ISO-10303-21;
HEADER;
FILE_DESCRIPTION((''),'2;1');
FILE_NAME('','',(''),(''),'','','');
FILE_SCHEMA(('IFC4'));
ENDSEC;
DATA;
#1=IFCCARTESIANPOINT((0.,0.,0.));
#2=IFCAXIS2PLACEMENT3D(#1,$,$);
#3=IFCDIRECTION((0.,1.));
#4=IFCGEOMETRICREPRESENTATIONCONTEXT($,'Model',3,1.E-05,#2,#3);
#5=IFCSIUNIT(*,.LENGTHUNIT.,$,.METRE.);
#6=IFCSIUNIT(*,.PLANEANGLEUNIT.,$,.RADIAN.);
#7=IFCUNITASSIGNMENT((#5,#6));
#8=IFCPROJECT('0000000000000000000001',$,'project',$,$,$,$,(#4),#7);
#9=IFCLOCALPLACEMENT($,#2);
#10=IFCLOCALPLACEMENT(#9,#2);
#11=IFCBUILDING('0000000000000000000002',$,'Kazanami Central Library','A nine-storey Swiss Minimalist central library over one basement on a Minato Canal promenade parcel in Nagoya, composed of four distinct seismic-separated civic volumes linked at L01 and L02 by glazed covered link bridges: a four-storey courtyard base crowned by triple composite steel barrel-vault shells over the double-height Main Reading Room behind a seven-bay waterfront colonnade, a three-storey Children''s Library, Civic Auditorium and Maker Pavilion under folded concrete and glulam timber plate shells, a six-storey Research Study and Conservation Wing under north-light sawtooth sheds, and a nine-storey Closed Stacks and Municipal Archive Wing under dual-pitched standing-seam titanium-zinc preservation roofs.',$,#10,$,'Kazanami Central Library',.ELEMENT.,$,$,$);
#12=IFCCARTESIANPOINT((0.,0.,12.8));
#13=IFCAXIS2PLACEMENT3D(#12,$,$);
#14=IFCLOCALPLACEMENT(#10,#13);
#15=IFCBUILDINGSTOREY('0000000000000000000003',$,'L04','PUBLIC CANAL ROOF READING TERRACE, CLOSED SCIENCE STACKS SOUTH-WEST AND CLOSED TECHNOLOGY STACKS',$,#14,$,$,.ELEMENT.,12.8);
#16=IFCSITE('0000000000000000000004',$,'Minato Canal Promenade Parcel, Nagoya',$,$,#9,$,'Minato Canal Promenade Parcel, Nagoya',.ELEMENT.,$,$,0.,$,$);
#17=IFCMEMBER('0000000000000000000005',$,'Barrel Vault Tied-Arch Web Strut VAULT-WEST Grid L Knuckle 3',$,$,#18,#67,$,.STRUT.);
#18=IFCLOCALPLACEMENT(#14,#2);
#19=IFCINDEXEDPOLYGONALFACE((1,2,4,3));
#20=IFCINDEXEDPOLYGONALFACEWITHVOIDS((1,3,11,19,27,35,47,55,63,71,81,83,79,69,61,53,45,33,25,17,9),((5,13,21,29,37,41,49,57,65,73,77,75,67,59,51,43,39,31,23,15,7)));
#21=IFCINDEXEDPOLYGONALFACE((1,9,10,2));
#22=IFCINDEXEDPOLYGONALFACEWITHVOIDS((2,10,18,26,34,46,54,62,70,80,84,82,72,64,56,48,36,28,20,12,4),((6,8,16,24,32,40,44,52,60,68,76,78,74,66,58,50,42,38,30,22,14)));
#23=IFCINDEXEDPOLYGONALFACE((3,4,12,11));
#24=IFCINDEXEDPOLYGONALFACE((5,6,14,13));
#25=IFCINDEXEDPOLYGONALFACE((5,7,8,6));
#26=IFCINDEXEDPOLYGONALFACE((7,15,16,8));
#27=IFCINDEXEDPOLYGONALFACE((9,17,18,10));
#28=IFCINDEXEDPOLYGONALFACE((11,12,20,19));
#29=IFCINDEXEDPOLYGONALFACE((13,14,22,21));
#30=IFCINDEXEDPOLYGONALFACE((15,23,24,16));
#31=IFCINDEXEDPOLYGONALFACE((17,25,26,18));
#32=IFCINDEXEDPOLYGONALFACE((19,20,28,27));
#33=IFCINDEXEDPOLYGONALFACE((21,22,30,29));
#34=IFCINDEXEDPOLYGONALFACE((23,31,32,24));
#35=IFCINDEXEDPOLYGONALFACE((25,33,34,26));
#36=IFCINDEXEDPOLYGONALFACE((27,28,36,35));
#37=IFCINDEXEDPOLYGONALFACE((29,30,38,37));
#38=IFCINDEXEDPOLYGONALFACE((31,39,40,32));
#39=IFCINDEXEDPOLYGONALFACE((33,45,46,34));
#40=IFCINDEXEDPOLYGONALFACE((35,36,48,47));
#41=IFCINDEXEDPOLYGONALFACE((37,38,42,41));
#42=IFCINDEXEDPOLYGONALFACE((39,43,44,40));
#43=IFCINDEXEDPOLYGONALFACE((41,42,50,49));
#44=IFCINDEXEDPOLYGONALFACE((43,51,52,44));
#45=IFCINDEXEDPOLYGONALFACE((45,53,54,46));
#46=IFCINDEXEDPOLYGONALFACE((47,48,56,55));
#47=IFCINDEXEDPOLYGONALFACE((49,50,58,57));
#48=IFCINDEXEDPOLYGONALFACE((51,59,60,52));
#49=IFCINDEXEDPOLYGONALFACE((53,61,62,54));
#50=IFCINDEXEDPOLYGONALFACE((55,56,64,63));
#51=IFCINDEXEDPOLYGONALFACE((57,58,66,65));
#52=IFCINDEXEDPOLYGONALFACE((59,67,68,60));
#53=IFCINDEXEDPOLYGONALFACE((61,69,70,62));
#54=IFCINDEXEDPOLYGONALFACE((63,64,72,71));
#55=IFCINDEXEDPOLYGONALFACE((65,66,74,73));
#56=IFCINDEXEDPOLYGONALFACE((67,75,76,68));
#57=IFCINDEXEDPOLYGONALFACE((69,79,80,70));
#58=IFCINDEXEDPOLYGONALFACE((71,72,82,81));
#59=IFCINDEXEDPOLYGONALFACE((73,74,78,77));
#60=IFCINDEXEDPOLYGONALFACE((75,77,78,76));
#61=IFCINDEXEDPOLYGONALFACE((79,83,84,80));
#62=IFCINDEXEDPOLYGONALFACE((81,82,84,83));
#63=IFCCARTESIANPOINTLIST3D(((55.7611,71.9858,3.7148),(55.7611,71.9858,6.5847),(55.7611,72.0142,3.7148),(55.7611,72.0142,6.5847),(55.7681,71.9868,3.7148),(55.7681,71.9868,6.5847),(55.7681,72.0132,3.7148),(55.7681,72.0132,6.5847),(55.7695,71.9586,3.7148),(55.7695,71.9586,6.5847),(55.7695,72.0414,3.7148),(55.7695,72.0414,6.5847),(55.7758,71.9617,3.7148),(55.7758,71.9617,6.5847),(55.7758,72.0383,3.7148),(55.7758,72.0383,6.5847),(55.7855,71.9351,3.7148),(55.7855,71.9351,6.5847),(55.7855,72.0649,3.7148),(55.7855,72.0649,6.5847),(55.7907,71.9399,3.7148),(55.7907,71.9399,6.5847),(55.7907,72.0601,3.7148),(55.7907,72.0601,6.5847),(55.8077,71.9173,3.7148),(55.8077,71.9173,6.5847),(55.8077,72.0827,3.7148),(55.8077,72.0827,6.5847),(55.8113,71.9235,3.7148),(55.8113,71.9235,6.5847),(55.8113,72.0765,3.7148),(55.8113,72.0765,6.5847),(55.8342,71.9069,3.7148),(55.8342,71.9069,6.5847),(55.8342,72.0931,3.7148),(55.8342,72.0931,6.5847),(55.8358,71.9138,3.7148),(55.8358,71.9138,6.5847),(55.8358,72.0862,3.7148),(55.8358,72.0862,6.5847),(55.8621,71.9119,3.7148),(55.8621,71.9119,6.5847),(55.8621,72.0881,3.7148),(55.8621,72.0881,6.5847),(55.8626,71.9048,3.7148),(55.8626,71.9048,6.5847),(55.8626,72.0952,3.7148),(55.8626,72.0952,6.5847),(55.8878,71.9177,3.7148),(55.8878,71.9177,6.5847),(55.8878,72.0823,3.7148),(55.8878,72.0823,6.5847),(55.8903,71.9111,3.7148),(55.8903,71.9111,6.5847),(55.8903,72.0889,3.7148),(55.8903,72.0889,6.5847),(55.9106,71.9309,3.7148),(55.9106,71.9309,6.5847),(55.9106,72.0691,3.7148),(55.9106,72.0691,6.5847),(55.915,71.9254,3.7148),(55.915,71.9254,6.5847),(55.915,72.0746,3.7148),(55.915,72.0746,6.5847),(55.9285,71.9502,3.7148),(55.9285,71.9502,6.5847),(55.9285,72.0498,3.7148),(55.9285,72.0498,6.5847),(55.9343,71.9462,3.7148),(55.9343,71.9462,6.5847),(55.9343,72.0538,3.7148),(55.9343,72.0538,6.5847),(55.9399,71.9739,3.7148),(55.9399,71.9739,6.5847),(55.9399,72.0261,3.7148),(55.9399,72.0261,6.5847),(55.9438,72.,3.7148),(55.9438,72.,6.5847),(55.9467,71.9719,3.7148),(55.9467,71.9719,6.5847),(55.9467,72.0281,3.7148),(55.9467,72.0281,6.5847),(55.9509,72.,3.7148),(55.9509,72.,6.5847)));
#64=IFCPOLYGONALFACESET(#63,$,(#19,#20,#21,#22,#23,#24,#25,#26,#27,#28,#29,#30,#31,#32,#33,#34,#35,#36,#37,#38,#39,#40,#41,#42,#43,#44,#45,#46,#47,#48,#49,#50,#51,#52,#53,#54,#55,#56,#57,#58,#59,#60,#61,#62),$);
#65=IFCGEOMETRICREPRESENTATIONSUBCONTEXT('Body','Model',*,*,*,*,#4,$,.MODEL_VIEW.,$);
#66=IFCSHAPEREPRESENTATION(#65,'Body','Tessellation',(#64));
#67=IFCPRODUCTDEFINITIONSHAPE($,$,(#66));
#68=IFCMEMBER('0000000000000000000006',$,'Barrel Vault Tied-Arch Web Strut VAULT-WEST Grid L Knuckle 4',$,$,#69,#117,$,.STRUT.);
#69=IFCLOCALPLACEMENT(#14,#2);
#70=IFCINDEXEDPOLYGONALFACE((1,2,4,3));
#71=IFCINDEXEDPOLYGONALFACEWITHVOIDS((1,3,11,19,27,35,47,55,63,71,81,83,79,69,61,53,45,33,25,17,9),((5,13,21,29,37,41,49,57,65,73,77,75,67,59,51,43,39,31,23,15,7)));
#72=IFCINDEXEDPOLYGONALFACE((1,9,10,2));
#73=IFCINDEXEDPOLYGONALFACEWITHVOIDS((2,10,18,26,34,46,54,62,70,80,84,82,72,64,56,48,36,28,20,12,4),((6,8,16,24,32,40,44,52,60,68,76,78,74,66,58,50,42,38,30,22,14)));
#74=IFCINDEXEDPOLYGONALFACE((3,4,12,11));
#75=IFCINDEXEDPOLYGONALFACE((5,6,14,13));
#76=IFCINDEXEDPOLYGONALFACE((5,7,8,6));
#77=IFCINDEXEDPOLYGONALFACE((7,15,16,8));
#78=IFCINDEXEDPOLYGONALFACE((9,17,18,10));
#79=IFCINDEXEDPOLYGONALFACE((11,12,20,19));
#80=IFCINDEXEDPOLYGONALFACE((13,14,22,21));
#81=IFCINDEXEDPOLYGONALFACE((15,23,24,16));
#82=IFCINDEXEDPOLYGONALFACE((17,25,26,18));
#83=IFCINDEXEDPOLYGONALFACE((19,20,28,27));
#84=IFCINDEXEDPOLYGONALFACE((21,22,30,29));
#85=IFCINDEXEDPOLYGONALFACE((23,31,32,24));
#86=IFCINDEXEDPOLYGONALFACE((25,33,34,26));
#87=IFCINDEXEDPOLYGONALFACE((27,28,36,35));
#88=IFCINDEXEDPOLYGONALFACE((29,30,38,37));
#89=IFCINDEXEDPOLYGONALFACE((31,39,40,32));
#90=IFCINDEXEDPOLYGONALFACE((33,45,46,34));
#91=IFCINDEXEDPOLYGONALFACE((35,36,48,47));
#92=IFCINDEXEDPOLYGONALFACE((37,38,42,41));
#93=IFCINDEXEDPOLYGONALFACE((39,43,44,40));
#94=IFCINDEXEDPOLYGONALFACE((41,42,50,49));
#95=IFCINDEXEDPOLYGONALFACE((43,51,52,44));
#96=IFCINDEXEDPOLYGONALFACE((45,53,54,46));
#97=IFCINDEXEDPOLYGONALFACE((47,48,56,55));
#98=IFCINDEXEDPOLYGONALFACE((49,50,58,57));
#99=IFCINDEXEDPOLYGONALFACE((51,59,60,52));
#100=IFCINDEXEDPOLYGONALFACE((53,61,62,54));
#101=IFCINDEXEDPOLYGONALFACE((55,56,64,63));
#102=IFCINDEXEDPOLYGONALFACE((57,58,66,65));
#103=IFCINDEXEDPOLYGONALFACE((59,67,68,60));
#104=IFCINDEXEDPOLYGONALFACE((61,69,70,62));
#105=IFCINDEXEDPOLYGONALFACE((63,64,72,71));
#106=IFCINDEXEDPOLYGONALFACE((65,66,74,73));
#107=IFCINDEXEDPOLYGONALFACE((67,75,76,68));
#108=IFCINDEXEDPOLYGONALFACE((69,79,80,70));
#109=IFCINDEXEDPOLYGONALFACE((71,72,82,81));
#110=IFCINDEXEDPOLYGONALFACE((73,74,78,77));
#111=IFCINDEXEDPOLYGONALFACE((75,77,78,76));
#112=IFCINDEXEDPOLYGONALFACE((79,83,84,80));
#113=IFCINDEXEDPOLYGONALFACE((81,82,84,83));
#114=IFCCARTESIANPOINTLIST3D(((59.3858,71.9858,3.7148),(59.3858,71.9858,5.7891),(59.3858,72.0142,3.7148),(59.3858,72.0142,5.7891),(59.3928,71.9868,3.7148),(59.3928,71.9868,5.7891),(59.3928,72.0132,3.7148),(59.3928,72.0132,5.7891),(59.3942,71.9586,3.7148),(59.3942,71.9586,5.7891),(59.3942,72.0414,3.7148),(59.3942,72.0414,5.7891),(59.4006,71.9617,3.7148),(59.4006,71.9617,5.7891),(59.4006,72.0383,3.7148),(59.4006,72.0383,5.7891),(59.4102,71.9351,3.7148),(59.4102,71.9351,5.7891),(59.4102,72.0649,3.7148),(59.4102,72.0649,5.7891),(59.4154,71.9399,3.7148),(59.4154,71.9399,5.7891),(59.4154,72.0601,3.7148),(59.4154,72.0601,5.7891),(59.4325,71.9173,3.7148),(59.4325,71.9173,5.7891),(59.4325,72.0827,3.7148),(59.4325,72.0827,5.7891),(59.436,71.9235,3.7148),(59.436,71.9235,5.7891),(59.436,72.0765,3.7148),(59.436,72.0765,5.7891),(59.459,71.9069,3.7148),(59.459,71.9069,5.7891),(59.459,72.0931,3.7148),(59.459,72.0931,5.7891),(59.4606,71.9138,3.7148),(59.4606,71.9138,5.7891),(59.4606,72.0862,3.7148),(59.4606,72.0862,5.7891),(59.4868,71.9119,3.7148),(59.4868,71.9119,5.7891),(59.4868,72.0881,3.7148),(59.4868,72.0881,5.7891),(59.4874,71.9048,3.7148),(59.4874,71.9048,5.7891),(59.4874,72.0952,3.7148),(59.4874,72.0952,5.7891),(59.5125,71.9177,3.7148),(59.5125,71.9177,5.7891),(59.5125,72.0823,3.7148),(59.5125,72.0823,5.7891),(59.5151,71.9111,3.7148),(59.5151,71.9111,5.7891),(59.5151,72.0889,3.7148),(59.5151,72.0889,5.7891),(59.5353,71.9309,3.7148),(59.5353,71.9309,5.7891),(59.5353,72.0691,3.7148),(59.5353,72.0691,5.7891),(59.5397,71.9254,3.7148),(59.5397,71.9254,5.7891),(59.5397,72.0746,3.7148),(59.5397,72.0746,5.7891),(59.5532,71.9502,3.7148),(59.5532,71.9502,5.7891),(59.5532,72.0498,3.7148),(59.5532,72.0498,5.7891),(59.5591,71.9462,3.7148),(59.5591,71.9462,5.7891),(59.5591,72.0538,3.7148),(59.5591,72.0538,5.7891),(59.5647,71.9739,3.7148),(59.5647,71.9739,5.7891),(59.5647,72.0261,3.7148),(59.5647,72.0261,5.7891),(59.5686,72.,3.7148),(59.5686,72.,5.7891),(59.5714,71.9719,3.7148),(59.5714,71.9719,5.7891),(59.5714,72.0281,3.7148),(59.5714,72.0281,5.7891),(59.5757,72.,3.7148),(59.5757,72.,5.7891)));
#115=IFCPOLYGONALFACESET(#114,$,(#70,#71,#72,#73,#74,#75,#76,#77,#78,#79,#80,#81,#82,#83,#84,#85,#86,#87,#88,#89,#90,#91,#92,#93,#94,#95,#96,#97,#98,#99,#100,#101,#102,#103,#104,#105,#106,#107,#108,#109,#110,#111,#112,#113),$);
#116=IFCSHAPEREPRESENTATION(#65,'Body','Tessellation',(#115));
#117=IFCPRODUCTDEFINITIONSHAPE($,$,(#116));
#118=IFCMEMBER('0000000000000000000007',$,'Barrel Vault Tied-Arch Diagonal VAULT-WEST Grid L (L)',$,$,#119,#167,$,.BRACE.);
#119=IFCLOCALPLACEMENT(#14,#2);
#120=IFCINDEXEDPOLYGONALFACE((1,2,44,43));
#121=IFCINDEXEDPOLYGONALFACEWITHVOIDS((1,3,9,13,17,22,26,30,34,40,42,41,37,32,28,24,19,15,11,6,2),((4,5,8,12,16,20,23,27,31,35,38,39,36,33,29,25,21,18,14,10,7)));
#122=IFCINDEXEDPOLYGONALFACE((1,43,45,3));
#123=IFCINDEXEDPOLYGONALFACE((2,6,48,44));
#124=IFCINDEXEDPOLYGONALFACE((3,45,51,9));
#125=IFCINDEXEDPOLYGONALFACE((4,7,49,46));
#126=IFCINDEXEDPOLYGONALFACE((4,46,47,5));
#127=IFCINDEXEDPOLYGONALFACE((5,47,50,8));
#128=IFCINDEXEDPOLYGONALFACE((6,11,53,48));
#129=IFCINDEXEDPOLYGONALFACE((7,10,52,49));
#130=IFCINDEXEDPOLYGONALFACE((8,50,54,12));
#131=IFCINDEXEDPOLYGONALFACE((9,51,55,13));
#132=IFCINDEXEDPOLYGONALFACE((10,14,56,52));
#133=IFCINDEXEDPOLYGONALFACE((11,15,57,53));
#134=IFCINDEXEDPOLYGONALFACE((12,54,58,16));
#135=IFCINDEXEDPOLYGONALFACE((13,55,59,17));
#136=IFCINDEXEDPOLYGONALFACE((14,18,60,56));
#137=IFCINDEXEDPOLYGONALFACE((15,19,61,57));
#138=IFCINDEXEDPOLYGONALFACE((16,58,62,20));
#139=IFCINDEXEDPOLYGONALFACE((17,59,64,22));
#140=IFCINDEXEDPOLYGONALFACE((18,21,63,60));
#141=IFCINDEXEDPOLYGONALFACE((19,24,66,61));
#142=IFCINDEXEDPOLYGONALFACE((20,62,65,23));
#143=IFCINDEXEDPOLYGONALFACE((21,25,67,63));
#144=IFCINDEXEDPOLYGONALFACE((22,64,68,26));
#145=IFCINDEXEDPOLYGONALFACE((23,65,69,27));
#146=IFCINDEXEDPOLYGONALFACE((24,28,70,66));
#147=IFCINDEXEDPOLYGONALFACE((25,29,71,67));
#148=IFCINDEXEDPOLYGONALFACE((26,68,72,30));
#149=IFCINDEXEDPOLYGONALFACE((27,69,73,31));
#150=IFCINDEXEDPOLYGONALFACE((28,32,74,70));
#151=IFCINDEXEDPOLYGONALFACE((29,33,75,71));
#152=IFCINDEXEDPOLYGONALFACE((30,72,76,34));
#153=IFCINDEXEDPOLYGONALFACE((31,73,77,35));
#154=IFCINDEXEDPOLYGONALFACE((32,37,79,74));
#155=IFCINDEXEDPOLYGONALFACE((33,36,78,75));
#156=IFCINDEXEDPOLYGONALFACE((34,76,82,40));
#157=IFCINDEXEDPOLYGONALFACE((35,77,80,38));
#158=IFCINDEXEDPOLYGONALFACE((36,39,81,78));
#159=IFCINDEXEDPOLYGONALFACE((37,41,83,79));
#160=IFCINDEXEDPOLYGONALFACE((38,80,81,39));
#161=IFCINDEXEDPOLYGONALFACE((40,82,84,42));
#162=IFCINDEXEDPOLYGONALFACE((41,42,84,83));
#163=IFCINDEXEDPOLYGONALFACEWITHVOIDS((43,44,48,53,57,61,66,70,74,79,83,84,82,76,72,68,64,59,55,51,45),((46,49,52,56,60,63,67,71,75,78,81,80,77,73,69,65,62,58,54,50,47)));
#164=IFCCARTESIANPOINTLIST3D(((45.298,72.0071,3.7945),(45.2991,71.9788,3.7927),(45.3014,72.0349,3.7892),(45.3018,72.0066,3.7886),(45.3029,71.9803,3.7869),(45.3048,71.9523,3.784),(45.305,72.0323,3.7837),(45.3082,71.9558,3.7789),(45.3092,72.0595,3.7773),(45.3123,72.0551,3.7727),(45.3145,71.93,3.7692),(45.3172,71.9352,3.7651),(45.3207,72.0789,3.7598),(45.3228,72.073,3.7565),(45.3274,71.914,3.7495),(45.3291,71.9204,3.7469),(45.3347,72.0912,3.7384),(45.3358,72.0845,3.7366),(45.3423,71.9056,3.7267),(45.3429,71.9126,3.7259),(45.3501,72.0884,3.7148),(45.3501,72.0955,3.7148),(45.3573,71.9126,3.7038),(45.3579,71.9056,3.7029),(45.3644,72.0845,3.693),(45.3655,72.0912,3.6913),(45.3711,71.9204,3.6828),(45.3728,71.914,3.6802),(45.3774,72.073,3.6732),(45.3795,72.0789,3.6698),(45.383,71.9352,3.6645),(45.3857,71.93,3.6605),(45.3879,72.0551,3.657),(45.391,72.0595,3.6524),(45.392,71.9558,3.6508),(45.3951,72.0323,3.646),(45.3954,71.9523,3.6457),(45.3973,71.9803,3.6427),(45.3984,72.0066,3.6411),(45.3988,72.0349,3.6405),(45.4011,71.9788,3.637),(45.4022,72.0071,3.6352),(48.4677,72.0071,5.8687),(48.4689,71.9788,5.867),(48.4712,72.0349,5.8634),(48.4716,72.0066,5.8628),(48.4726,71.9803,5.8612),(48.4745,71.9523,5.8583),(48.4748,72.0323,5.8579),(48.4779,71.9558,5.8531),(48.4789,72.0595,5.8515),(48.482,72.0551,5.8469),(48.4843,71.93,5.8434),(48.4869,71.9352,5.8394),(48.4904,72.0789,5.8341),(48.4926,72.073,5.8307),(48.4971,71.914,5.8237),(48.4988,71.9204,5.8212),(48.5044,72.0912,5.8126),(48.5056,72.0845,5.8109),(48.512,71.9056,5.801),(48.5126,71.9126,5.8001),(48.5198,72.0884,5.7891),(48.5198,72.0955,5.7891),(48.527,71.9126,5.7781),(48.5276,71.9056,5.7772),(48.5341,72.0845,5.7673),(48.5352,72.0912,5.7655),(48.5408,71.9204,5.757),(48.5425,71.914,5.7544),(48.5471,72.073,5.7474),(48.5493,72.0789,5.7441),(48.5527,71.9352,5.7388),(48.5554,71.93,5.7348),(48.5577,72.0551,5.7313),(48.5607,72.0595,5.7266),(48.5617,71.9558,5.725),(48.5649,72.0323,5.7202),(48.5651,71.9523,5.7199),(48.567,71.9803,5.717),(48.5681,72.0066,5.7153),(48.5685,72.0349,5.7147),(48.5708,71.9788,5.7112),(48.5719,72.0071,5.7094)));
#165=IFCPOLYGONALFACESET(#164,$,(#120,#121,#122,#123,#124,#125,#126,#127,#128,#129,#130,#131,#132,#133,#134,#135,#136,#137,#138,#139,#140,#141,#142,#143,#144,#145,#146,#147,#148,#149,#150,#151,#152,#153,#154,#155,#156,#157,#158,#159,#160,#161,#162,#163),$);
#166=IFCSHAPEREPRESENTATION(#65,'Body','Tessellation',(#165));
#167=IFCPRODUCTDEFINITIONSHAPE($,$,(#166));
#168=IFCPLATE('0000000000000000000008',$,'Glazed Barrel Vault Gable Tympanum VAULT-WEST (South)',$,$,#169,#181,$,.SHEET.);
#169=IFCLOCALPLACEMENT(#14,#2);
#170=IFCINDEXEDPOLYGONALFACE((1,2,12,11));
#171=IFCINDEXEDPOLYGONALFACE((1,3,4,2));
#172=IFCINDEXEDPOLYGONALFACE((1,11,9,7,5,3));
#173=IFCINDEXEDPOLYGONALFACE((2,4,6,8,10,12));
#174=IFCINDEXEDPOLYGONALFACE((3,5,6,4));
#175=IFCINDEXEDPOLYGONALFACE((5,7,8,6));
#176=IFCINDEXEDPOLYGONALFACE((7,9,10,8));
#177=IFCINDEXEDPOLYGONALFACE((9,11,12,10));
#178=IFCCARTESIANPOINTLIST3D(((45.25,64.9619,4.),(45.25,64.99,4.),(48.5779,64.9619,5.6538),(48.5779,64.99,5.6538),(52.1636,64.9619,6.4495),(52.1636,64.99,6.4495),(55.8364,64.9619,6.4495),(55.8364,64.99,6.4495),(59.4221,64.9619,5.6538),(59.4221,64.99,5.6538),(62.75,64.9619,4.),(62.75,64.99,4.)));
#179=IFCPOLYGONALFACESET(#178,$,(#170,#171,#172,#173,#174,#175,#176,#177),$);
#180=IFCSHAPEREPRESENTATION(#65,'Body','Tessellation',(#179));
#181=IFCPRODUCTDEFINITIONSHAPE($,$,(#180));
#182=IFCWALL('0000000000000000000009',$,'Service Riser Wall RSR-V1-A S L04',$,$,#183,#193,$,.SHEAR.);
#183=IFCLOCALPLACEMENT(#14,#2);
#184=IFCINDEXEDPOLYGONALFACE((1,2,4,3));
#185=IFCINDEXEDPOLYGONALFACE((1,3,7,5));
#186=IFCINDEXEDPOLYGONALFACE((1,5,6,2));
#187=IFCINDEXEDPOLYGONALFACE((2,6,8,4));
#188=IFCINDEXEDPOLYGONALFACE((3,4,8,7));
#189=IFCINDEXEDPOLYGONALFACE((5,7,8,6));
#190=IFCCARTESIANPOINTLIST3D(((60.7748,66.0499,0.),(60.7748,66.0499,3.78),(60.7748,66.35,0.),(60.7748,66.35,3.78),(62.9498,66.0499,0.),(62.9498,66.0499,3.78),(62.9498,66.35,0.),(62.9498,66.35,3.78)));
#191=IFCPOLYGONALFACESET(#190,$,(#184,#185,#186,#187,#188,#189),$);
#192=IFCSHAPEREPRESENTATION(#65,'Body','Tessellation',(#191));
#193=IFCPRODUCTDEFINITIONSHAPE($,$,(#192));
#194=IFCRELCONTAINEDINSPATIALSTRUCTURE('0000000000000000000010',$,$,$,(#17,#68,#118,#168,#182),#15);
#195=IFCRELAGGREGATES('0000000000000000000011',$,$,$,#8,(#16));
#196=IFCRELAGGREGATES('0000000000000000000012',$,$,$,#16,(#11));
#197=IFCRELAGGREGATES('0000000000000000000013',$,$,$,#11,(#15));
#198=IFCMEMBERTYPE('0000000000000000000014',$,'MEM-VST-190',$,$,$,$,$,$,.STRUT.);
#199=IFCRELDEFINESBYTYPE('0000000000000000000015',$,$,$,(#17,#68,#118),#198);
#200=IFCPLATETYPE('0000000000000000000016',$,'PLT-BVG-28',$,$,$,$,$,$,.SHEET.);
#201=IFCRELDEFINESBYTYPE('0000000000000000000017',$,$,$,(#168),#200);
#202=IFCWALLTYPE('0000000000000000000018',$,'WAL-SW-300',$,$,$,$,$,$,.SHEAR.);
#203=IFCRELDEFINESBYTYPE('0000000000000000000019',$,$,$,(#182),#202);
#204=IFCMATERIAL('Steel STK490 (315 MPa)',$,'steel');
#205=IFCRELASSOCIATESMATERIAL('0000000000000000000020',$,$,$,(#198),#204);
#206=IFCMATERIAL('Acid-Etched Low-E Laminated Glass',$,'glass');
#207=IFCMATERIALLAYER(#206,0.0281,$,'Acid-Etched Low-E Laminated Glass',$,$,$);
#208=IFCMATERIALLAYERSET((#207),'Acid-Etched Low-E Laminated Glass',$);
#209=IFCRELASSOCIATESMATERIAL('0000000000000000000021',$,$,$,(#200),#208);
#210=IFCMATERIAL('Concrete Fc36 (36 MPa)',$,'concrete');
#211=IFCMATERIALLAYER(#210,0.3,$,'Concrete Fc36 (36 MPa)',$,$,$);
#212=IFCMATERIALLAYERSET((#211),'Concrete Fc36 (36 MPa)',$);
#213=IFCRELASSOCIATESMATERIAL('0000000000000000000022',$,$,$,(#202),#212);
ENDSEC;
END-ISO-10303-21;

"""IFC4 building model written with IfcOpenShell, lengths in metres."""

from ifc_helpers import new_model, si_unit, direction, frame, frame_2d, origin, origin_2d, place, context, subcontext, project, spatial, polyline, rectangle, hollow_circle, outline, extrude, material, layer, layer_set, material_profile, profile_set, type_object, element, save


model = new_model("IFC4")

# Units and contexts
model_context = context("Model", 3, precision=1e-05, world=origin(), true_north=direction((0.0, 1.0)))
body_context = subcontext(model_context, "Body", "Model", "MODEL_VIEW")
ifc_project = project(units=[si_unit("LENGTHUNIT", "METRE"), si_unit("PLANEANGLEUNIT", "RADIAN")], contexts=[model_context])

# Site, building, storey
site_placement = place(None, origin())
site = spatial("IfcSite", under=ifc_project, at=site_placement, Name="Minato Canal Promenade Parcel, Nagoya", LongName="Minato Canal Promenade Parcel, Nagoya", CompositionType="ELEMENT", RefElevation=0.0)
building_placement = place(site_placement, origin())
building = spatial("IfcBuilding", under=site, at=building_placement, Name="Kazanami Central Library", Description="A nine-storey Swiss Minimalist central library over one basement on a Minato Canal promenade parcel in Nagoya, composed of four distinct seismic-separated civic volumes linked at L01 and L02 by glazed covered link bridges: a four-storey courtyard base crowned by triple composite steel barrel-vault shells over the double-height Main Reading Room behind a seven-bay waterfront colonnade, a three-storey Children's Library, Civic Auditorium and Maker Pavilion under folded concrete and glulam timber plate shells, a six-storey Research Study and Conservation Wing under north-light sawtooth sheds, and a nine-storey Closed Stacks and Municipal Archive Wing under dual-pitched standing-seam titanium-zinc preservation roofs.", LongName="Kazanami Central Library", CompositionType="ELEMENT")
storey_placement = place(building_placement, frame((0.0, 0.0, 12.8)))
storey = spatial("IfcBuildingStorey", under=building, at=storey_placement, Name="L04", Description="PUBLIC CANAL ROOF READING TERRACE, CLOSED SCIENCE STACKS SOUTH-WEST AND CLOSED TECHNOLOGY STACKS", CompositionType="ELEMENT", Elevation=12.8)

# Members
ifc_material_1 = material(Name="Steel STK490 (315 MPa)", Category="steel")
ifc_material_profile_1 = material_profile(ifc_material_1, hollow_circle(Radius=0.0955, WallThickness=0.0071, at=origin_2d()), Name="CHS-190.7x7.0")
ifc_profile_set_1 = profile_set([ifc_material_profile_1], Name="Steel STK490 (315 MPa)")
member_type_1 = type_object("IfcMemberType", Name="MEM-VST-190", PredefinedType="STRUT", material=ifc_profile_set_1)
for number, where, z_axis, x_axis, name in (
    (1, (55.8555, 72.0, 3.7148), (0.0, 0.0, 1.0), (1.0, 0.0, 0.0), "Barrel Vault Tied-Arch Web Strut VAULT-WEST Grid L Knuckle 3"),
):
    element("IfcMember", number, at=place(storey_placement, frame(where, z_axis=z_axis, x_axis=x_axis)), inside=storey, type_object=member_type_1, Name=name, PredefinedType="STRUT", context=body_context, shape_type="SweptSolid", body=[
        extrude(hollow_circle(Radius=0.0955, WallThickness=0.0071, at=origin_2d()), origin(), (0.0, 0.0, 1.0), 2.8699),
    ])
member_1_placement = place(storey_placement, frame((59.4802, 72.0, 3.7148), z_axis=(0.0, 0.0, 1.0), x_axis=(1.0, 0.0, 0.0)))
element("IfcMember", 2, at=member_1_placement, inside=storey, type_object=member_type_1, Name="Barrel Vault Tied-Arch Web Strut VAULT-WEST Grid L Knuckle 4", PredefinedType="STRUT", context=body_context, shape_type="SweptSolid", body=[
    extrude(hollow_circle(Radius=0.0955, WallThickness=0.0071, at=origin_2d()), origin(), (0.0, 0.0, 1.0), 2.0742),
])
member_2_placement = place(storey_placement, frame((45.3501, 72.0, 3.7148), z_axis=(0.83676, 0.0, 0.547571), x_axis=(0.0, 1.0, 0.0)))
element("IfcMember", 3, at=member_2_placement, inside=storey, type_object=member_type_1, Name="Barrel Vault Tied-Arch Diagonal VAULT-WEST Grid L (L)", PredefinedType="BRACE", context=body_context, shape_type="SweptSolid", body=[
    extrude(hollow_circle(Radius=0.0955, WallThickness=0.0071, at=origin_2d()), origin(), (0.0, 0.0, 1.0), 3.7881),
])

# Plate
ifc_material_2 = material(Name="Acid-Etched Low-E Laminated Glass", Category="glass")
ifc_layer_1 = layer(ifc_material_2, 0.0281, Name="Acid-Etched Low-E Laminated Glass")
ifc_layer_set_1 = layer_set([ifc_layer_1], Name="Acid-Etched Low-E Laminated Glass")
plate_type = type_object("IfcPlateType", Name="PLT-BVG-28", PredefinedType="SHEET", material=ifc_layer_set_1)
plate_placement = place(storey_placement, frame((45.25, 64.9619, 4.0), z_axis=(0.0, -1.0, 0.0), x_axis=(1.0, 0.0, 0.0)))
element("IfcPlate", 4, at=plate_placement, inside=storey, type_object=plate_type, Name="Glazed Barrel Vault Gable Tympanum VAULT-WEST (South)", PredefinedType="SHEET", context=body_context, shape_type="SweptSolid", body=[
    extrude(outline(polyline([(0.0, 0.0), (17.5, 0.0), (14.1721, 1.6538), (10.5864, 2.4495), (6.9136, 2.4495), (3.3279, 1.6538), (0.0, 0.0)])), origin(), (0.0, 0.0, -1.0), 0.0281),
])

# Wall
ifc_material_3 = material(Name="Concrete Fc36 (36 MPa)", Category="concrete")
ifc_layer_2 = layer(ifc_material_3, 0.3, Name="Concrete Fc36 (36 MPa)")
ifc_layer_set_2 = layer_set([ifc_layer_2], Name="Concrete Fc36 (36 MPa)")
wall_type_1 = type_object("IfcWallType", Name="WAL-SW-300", PredefinedType="SHEAR", material=ifc_layer_set_2)
for number, where, z_axis, x_axis, name in (
    (5, (60.7749, 66.2, 0.0), (0.0, 0.0, 1.0), (1.0, 0.0, 0.0), "Service Riser Wall RSR-V1-A S L04"),
):
    element("IfcWall", number, at=place(storey_placement, frame(where, z_axis=z_axis, x_axis=x_axis)), inside=storey, type_object=wall_type_1, Name=name, PredefinedType="SHEAR", context=body_context, shape_type="SweptSolid", body=[
        extrude(rectangle(XDim=2.175, YDim=0.3, at=frame_2d((1.0874, 0.0))), origin(), (0.0, 0.0, 1.0), 3.78),
    ])

save(model, "model.ifc")
